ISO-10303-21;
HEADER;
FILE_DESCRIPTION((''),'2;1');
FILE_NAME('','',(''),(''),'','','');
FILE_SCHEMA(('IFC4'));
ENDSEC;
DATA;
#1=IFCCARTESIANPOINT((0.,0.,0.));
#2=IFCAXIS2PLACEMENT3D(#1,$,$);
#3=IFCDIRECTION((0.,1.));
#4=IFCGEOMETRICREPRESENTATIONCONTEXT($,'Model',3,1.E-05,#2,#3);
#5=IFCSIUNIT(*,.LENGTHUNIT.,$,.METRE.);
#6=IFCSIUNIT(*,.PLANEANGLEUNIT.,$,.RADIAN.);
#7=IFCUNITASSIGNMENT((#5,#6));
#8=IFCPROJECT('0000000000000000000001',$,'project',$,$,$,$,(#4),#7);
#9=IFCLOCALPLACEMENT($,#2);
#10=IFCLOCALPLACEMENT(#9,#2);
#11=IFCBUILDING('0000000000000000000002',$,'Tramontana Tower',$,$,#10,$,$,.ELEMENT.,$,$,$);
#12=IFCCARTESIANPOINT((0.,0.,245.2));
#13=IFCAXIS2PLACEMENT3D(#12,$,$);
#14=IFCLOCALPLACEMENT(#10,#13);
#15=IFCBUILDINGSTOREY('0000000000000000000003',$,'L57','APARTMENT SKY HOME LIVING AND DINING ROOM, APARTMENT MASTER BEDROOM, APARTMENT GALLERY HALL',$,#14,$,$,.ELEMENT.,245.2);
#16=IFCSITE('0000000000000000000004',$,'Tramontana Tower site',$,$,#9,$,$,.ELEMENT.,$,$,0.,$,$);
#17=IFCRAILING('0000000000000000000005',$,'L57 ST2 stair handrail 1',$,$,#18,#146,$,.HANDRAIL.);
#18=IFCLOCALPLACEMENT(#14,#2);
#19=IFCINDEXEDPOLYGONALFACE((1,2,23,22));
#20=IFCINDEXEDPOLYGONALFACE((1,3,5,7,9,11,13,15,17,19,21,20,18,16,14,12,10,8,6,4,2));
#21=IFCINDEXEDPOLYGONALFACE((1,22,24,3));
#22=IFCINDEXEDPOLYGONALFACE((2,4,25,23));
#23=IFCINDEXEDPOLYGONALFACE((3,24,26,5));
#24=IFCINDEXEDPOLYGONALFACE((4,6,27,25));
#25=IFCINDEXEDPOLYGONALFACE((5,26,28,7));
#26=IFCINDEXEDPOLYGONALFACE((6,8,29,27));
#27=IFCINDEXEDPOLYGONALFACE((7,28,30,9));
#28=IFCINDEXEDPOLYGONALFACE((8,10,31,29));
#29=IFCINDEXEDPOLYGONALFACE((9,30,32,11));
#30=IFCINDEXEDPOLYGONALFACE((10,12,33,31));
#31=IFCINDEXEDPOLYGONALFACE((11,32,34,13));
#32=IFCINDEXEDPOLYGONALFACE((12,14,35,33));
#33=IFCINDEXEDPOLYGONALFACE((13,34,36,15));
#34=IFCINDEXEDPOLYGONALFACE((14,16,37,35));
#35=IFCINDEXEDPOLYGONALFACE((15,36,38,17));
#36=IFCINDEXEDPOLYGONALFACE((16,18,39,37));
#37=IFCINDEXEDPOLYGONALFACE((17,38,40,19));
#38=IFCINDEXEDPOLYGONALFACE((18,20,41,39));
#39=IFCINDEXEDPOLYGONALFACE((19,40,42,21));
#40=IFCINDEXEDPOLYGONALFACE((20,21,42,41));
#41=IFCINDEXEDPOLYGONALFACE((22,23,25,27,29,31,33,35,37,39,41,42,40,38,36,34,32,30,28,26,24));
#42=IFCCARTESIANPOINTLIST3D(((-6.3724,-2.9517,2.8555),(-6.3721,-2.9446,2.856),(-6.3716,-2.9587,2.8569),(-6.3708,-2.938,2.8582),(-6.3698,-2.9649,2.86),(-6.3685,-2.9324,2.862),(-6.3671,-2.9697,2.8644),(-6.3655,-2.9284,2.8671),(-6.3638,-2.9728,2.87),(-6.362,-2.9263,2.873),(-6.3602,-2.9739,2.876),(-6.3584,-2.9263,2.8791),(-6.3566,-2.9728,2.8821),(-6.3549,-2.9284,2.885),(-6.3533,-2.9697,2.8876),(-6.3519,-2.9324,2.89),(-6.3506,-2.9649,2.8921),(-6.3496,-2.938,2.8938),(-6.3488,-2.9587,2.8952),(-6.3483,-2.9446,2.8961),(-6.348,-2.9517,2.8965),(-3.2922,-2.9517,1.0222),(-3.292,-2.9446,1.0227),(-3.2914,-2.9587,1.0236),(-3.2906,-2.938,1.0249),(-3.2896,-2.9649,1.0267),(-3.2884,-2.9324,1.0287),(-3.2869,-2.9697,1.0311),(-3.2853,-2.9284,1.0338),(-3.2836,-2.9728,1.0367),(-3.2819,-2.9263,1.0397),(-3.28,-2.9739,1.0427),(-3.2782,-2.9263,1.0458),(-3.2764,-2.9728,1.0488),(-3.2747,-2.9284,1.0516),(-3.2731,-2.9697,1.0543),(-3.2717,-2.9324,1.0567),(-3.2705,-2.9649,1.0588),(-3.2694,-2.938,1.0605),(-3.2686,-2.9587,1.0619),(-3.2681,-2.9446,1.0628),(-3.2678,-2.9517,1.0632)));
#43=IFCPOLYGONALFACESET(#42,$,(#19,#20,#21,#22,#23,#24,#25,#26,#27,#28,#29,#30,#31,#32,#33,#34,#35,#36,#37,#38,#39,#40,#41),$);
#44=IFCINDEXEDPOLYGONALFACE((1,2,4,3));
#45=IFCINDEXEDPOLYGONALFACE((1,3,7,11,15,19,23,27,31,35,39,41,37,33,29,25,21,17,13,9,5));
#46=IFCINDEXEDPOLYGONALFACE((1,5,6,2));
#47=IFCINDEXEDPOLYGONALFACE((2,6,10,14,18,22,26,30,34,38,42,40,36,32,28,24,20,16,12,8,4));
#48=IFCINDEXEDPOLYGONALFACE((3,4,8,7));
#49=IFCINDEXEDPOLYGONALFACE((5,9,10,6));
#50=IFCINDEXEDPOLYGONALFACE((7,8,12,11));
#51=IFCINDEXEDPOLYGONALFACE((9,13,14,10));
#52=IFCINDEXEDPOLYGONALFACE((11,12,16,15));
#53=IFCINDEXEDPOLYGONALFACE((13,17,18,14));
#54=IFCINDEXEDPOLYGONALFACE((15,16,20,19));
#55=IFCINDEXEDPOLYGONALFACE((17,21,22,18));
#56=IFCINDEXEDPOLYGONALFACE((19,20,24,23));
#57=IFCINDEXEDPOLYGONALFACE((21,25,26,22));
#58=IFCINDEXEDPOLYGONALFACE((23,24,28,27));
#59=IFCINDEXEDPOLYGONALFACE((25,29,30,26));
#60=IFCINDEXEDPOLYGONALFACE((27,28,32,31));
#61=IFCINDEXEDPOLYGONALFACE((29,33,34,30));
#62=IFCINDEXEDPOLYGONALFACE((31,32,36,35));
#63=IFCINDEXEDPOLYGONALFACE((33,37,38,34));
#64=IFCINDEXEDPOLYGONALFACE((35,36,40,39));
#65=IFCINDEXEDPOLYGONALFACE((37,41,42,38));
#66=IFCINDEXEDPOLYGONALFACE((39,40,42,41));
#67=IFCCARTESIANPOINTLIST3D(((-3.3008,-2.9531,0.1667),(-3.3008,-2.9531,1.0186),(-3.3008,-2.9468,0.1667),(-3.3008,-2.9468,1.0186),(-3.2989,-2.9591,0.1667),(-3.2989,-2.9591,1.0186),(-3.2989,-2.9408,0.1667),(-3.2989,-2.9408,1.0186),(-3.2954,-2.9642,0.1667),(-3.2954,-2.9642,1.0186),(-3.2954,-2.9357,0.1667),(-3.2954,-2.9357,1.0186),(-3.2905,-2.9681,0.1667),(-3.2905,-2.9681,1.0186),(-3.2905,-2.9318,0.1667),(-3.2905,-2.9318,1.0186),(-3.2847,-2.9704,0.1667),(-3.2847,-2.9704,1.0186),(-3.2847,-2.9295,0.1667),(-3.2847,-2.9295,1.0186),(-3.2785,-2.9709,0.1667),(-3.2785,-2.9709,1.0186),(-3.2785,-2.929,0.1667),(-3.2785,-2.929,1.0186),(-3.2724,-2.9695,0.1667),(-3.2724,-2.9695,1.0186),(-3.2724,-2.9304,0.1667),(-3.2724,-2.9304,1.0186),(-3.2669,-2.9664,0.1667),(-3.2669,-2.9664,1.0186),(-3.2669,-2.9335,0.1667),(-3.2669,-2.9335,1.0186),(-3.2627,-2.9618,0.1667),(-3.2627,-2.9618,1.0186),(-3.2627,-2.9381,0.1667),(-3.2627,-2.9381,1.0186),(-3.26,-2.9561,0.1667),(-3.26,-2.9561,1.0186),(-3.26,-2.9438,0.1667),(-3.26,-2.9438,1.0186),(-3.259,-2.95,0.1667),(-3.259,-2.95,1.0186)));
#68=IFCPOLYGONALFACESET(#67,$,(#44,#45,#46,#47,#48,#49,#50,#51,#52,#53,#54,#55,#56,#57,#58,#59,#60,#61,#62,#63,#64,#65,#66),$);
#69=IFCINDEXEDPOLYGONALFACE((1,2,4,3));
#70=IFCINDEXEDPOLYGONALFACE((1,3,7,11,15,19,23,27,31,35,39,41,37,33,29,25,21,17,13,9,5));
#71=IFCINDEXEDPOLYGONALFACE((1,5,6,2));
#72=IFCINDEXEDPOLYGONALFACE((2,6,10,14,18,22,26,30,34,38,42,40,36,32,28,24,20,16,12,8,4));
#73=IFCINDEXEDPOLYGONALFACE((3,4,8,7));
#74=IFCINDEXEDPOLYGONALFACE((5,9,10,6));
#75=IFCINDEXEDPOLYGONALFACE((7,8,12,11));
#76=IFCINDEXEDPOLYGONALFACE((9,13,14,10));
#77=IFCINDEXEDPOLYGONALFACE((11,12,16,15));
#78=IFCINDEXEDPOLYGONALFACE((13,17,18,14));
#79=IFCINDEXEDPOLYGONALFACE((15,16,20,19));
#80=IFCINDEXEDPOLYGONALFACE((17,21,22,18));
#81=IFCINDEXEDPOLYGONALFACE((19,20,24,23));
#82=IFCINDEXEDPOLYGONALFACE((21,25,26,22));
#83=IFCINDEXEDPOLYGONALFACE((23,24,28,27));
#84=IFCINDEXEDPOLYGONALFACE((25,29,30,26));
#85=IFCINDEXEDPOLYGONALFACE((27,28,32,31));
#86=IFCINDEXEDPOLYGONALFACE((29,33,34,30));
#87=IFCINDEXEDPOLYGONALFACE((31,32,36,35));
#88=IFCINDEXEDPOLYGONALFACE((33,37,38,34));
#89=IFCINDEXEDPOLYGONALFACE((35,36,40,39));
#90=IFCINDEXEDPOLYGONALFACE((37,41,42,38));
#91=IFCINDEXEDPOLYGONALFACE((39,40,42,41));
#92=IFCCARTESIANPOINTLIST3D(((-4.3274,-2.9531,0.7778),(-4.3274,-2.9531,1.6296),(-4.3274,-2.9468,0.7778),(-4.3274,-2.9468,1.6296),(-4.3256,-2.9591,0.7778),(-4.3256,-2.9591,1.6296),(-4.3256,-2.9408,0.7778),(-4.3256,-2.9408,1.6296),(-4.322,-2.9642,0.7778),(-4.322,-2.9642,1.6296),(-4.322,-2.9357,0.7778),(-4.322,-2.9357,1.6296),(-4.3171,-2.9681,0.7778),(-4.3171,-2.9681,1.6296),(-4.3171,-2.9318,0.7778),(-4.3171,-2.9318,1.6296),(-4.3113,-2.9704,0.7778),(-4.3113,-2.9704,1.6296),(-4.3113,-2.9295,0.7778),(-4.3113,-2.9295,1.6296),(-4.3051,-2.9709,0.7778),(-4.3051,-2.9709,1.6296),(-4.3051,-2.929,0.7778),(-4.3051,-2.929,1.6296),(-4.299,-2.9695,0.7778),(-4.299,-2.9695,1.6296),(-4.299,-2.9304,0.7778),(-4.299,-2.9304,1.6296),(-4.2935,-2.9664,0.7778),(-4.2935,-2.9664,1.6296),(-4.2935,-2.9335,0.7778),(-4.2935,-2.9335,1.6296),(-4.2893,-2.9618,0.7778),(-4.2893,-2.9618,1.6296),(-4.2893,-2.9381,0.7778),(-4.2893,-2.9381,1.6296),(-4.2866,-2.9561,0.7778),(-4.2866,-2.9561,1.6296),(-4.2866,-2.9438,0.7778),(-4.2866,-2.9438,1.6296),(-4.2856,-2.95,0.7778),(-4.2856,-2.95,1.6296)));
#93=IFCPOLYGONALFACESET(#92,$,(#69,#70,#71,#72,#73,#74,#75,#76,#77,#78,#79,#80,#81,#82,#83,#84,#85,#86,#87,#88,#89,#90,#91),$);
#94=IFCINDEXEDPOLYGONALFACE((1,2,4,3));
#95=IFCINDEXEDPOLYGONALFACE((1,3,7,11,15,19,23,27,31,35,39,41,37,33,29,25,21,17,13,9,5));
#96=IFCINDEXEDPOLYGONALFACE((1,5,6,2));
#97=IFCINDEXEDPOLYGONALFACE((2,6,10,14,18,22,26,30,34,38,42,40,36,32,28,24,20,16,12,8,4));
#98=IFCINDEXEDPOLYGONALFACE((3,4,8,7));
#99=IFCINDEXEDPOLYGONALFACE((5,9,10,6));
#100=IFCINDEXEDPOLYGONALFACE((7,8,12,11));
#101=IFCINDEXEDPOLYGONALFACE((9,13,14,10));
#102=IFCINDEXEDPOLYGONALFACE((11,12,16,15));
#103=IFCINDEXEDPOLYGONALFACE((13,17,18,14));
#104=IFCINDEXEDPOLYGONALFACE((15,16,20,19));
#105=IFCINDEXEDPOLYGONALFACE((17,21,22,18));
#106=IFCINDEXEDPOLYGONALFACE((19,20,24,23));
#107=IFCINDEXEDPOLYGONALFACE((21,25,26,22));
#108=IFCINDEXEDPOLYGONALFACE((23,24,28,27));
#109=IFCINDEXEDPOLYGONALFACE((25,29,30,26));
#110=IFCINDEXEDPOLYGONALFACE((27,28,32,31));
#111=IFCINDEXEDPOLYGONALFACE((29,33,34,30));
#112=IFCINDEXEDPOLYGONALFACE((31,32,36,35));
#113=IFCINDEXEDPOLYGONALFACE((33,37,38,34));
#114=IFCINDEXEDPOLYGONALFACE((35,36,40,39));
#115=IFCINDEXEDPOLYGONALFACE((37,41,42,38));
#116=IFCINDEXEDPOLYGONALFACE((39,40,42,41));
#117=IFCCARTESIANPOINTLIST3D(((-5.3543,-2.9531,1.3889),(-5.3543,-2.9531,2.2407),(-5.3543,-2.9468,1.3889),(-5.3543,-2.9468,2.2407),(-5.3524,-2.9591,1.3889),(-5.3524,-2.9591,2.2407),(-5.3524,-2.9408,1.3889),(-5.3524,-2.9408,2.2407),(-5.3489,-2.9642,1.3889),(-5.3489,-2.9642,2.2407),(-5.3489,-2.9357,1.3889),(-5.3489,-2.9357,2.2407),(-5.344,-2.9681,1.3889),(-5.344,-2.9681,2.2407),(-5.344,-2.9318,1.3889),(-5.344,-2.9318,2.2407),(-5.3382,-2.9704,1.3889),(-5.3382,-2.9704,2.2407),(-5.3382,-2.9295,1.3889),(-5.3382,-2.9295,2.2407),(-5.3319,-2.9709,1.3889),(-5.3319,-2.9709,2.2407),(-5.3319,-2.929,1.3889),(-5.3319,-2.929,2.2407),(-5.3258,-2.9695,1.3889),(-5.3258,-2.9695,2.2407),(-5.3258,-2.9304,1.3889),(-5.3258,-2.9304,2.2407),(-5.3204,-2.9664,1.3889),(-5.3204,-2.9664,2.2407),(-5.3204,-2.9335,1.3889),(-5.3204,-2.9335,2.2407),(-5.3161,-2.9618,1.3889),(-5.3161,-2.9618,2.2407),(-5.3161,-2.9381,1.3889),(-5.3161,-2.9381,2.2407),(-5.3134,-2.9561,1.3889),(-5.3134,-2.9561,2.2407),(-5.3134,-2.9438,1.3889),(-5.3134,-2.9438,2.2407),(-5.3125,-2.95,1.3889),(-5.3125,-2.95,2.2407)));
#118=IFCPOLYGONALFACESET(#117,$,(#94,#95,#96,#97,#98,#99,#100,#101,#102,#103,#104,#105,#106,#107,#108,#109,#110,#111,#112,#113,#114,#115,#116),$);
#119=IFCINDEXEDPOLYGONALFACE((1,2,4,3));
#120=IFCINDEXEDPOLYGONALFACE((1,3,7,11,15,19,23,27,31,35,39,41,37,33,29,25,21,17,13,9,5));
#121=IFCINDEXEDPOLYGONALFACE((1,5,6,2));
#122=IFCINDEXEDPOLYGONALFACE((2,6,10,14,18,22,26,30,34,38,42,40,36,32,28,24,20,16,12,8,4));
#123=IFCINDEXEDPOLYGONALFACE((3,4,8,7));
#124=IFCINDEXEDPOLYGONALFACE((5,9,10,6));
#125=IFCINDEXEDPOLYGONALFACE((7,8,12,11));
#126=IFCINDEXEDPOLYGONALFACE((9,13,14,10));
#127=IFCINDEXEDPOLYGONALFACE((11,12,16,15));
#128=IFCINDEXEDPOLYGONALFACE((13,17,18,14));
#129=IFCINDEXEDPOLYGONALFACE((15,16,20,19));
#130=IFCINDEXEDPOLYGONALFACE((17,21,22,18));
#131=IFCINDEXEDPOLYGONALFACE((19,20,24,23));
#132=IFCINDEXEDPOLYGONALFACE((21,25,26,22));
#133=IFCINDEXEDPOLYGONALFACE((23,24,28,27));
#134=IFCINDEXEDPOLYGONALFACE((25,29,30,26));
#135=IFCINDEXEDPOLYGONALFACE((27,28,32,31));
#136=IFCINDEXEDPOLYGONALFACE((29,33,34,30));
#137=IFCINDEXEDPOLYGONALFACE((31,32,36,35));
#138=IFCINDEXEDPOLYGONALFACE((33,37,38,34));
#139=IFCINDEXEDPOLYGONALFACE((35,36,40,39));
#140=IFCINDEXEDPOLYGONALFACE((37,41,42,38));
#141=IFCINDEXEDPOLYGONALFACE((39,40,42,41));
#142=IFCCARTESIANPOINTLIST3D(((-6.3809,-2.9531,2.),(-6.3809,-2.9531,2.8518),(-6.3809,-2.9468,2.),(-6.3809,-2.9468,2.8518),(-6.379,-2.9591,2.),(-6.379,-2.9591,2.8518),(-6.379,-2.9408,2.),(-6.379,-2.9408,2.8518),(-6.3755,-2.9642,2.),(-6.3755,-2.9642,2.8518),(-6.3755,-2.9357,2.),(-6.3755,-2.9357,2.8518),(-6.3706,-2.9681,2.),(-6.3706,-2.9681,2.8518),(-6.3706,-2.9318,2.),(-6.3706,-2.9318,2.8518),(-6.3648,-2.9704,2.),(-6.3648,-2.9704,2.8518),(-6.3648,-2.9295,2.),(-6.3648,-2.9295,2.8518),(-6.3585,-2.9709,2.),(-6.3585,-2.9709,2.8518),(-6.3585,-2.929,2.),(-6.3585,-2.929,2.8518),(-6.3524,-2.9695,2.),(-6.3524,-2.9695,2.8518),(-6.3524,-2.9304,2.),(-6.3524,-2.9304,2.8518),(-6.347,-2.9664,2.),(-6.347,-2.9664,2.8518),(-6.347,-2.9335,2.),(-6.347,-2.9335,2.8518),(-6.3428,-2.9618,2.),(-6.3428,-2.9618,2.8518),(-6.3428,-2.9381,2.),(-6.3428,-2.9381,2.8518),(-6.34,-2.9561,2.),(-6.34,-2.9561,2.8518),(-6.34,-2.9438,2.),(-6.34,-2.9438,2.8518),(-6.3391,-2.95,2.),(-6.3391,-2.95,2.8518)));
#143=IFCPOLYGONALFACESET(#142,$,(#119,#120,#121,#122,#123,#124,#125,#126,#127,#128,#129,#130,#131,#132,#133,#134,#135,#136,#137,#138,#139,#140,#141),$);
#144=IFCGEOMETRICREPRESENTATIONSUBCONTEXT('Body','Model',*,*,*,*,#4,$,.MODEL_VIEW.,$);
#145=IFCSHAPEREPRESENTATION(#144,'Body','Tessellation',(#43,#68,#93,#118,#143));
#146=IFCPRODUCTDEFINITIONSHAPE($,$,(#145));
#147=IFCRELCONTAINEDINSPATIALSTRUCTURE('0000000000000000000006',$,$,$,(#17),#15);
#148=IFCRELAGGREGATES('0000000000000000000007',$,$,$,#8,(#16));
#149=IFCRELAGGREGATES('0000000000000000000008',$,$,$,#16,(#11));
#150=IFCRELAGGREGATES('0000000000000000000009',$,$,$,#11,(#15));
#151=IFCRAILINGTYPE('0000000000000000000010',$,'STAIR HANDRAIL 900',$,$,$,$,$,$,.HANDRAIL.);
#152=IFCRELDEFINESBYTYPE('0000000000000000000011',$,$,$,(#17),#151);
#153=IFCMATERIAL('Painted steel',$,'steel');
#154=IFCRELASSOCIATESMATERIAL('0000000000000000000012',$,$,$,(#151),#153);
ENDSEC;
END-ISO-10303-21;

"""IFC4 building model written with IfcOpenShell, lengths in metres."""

from ifc_helpers import new_model, si_unit, direction, frame, origin, origin_2d, place, context, subcontext, project, spatial, circle, extrude, material, type_object, element, save


model = new_model("IFC4")

# Units and contexts
model_context = context("Model", 3, precision=1e-05, world=origin(), true_north=direction((0.0, 1.0)))
body_context = subcontext(model_context, "Body", "Model", "MODEL_VIEW")
ifc_project = project(units=[si_unit("LENGTHUNIT", "METRE"), si_unit("PLANEANGLEUNIT", "RADIAN")], contexts=[model_context])

# Site, building, storey
site_placement = place(None, origin())
site = spatial("IfcSite", under=ifc_project, at=site_placement, Name="Tramontana Tower site", CompositionType="ELEMENT", RefElevation=0.0)
building_placement = place(site_placement, origin())
building = spatial("IfcBuilding", under=site, at=building_placement, Name="Tramontana Tower", CompositionType="ELEMENT")
storey_placement = place(building_placement, frame((0.0, 0.0, 245.2)))
storey = spatial("IfcBuildingStorey", under=building, at=storey_placement, Name="L57", Description="APARTMENT SKY HOME LIVING AND DINING ROOM, APARTMENT MASTER BEDROOM, APARTMENT GALLERY HALL", CompositionType="ELEMENT", Elevation=245.2)

# Railing
ifc_material_1 = material(Name="Painted steel", Category="steel")
railing_type_1 = type_object("IfcRailingType", Name="STAIR HANDRAIL 900", PredefinedType="HANDRAIL", material=ifc_material_1)
railing_1_placement = place(storey_placement, frame((-3.28, -2.95, 0.1667)))
element("IfcRailing", 1, at=railing_1_placement, inside=storey, type_object=railing_type_1, Name="L57 ST2 stair handrail 1", PredefinedType="HANDRAIL", context=body_context, shape_type="SweptSolid", body=[
    extrude(circle(Radius=0.0239, at=origin_2d()), frame((0.0, 0.0, 0.876), z_axis=(-0.859309, 0.0, 0.511458), x_axis=(0.0, -1.0, 0.0)), (0.0, 0.0, 1.0), 3.5845),
    extrude(circle(Radius=0.021, at=origin_2d()), origin(), (0.0, 0.0, 1.0), 0.8518),
    extrude(circle(Radius=0.021, at=origin_2d()), frame((-1.0266, 0.0, 0.6111)), (0.0, 0.0, 1.0), 0.8518),
    extrude(circle(Radius=0.021, at=origin_2d()), frame((-2.0535, 0.0, 1.2222)), (0.0, 0.0, 1.0), 0.8518),
    extrude(circle(Radius=0.021, at=origin_2d()), frame((-3.0801, 0.0, 1.8333)), (0.0, 0.0, 1.0), 0.8518),
])

save(model, "model.ifc")
